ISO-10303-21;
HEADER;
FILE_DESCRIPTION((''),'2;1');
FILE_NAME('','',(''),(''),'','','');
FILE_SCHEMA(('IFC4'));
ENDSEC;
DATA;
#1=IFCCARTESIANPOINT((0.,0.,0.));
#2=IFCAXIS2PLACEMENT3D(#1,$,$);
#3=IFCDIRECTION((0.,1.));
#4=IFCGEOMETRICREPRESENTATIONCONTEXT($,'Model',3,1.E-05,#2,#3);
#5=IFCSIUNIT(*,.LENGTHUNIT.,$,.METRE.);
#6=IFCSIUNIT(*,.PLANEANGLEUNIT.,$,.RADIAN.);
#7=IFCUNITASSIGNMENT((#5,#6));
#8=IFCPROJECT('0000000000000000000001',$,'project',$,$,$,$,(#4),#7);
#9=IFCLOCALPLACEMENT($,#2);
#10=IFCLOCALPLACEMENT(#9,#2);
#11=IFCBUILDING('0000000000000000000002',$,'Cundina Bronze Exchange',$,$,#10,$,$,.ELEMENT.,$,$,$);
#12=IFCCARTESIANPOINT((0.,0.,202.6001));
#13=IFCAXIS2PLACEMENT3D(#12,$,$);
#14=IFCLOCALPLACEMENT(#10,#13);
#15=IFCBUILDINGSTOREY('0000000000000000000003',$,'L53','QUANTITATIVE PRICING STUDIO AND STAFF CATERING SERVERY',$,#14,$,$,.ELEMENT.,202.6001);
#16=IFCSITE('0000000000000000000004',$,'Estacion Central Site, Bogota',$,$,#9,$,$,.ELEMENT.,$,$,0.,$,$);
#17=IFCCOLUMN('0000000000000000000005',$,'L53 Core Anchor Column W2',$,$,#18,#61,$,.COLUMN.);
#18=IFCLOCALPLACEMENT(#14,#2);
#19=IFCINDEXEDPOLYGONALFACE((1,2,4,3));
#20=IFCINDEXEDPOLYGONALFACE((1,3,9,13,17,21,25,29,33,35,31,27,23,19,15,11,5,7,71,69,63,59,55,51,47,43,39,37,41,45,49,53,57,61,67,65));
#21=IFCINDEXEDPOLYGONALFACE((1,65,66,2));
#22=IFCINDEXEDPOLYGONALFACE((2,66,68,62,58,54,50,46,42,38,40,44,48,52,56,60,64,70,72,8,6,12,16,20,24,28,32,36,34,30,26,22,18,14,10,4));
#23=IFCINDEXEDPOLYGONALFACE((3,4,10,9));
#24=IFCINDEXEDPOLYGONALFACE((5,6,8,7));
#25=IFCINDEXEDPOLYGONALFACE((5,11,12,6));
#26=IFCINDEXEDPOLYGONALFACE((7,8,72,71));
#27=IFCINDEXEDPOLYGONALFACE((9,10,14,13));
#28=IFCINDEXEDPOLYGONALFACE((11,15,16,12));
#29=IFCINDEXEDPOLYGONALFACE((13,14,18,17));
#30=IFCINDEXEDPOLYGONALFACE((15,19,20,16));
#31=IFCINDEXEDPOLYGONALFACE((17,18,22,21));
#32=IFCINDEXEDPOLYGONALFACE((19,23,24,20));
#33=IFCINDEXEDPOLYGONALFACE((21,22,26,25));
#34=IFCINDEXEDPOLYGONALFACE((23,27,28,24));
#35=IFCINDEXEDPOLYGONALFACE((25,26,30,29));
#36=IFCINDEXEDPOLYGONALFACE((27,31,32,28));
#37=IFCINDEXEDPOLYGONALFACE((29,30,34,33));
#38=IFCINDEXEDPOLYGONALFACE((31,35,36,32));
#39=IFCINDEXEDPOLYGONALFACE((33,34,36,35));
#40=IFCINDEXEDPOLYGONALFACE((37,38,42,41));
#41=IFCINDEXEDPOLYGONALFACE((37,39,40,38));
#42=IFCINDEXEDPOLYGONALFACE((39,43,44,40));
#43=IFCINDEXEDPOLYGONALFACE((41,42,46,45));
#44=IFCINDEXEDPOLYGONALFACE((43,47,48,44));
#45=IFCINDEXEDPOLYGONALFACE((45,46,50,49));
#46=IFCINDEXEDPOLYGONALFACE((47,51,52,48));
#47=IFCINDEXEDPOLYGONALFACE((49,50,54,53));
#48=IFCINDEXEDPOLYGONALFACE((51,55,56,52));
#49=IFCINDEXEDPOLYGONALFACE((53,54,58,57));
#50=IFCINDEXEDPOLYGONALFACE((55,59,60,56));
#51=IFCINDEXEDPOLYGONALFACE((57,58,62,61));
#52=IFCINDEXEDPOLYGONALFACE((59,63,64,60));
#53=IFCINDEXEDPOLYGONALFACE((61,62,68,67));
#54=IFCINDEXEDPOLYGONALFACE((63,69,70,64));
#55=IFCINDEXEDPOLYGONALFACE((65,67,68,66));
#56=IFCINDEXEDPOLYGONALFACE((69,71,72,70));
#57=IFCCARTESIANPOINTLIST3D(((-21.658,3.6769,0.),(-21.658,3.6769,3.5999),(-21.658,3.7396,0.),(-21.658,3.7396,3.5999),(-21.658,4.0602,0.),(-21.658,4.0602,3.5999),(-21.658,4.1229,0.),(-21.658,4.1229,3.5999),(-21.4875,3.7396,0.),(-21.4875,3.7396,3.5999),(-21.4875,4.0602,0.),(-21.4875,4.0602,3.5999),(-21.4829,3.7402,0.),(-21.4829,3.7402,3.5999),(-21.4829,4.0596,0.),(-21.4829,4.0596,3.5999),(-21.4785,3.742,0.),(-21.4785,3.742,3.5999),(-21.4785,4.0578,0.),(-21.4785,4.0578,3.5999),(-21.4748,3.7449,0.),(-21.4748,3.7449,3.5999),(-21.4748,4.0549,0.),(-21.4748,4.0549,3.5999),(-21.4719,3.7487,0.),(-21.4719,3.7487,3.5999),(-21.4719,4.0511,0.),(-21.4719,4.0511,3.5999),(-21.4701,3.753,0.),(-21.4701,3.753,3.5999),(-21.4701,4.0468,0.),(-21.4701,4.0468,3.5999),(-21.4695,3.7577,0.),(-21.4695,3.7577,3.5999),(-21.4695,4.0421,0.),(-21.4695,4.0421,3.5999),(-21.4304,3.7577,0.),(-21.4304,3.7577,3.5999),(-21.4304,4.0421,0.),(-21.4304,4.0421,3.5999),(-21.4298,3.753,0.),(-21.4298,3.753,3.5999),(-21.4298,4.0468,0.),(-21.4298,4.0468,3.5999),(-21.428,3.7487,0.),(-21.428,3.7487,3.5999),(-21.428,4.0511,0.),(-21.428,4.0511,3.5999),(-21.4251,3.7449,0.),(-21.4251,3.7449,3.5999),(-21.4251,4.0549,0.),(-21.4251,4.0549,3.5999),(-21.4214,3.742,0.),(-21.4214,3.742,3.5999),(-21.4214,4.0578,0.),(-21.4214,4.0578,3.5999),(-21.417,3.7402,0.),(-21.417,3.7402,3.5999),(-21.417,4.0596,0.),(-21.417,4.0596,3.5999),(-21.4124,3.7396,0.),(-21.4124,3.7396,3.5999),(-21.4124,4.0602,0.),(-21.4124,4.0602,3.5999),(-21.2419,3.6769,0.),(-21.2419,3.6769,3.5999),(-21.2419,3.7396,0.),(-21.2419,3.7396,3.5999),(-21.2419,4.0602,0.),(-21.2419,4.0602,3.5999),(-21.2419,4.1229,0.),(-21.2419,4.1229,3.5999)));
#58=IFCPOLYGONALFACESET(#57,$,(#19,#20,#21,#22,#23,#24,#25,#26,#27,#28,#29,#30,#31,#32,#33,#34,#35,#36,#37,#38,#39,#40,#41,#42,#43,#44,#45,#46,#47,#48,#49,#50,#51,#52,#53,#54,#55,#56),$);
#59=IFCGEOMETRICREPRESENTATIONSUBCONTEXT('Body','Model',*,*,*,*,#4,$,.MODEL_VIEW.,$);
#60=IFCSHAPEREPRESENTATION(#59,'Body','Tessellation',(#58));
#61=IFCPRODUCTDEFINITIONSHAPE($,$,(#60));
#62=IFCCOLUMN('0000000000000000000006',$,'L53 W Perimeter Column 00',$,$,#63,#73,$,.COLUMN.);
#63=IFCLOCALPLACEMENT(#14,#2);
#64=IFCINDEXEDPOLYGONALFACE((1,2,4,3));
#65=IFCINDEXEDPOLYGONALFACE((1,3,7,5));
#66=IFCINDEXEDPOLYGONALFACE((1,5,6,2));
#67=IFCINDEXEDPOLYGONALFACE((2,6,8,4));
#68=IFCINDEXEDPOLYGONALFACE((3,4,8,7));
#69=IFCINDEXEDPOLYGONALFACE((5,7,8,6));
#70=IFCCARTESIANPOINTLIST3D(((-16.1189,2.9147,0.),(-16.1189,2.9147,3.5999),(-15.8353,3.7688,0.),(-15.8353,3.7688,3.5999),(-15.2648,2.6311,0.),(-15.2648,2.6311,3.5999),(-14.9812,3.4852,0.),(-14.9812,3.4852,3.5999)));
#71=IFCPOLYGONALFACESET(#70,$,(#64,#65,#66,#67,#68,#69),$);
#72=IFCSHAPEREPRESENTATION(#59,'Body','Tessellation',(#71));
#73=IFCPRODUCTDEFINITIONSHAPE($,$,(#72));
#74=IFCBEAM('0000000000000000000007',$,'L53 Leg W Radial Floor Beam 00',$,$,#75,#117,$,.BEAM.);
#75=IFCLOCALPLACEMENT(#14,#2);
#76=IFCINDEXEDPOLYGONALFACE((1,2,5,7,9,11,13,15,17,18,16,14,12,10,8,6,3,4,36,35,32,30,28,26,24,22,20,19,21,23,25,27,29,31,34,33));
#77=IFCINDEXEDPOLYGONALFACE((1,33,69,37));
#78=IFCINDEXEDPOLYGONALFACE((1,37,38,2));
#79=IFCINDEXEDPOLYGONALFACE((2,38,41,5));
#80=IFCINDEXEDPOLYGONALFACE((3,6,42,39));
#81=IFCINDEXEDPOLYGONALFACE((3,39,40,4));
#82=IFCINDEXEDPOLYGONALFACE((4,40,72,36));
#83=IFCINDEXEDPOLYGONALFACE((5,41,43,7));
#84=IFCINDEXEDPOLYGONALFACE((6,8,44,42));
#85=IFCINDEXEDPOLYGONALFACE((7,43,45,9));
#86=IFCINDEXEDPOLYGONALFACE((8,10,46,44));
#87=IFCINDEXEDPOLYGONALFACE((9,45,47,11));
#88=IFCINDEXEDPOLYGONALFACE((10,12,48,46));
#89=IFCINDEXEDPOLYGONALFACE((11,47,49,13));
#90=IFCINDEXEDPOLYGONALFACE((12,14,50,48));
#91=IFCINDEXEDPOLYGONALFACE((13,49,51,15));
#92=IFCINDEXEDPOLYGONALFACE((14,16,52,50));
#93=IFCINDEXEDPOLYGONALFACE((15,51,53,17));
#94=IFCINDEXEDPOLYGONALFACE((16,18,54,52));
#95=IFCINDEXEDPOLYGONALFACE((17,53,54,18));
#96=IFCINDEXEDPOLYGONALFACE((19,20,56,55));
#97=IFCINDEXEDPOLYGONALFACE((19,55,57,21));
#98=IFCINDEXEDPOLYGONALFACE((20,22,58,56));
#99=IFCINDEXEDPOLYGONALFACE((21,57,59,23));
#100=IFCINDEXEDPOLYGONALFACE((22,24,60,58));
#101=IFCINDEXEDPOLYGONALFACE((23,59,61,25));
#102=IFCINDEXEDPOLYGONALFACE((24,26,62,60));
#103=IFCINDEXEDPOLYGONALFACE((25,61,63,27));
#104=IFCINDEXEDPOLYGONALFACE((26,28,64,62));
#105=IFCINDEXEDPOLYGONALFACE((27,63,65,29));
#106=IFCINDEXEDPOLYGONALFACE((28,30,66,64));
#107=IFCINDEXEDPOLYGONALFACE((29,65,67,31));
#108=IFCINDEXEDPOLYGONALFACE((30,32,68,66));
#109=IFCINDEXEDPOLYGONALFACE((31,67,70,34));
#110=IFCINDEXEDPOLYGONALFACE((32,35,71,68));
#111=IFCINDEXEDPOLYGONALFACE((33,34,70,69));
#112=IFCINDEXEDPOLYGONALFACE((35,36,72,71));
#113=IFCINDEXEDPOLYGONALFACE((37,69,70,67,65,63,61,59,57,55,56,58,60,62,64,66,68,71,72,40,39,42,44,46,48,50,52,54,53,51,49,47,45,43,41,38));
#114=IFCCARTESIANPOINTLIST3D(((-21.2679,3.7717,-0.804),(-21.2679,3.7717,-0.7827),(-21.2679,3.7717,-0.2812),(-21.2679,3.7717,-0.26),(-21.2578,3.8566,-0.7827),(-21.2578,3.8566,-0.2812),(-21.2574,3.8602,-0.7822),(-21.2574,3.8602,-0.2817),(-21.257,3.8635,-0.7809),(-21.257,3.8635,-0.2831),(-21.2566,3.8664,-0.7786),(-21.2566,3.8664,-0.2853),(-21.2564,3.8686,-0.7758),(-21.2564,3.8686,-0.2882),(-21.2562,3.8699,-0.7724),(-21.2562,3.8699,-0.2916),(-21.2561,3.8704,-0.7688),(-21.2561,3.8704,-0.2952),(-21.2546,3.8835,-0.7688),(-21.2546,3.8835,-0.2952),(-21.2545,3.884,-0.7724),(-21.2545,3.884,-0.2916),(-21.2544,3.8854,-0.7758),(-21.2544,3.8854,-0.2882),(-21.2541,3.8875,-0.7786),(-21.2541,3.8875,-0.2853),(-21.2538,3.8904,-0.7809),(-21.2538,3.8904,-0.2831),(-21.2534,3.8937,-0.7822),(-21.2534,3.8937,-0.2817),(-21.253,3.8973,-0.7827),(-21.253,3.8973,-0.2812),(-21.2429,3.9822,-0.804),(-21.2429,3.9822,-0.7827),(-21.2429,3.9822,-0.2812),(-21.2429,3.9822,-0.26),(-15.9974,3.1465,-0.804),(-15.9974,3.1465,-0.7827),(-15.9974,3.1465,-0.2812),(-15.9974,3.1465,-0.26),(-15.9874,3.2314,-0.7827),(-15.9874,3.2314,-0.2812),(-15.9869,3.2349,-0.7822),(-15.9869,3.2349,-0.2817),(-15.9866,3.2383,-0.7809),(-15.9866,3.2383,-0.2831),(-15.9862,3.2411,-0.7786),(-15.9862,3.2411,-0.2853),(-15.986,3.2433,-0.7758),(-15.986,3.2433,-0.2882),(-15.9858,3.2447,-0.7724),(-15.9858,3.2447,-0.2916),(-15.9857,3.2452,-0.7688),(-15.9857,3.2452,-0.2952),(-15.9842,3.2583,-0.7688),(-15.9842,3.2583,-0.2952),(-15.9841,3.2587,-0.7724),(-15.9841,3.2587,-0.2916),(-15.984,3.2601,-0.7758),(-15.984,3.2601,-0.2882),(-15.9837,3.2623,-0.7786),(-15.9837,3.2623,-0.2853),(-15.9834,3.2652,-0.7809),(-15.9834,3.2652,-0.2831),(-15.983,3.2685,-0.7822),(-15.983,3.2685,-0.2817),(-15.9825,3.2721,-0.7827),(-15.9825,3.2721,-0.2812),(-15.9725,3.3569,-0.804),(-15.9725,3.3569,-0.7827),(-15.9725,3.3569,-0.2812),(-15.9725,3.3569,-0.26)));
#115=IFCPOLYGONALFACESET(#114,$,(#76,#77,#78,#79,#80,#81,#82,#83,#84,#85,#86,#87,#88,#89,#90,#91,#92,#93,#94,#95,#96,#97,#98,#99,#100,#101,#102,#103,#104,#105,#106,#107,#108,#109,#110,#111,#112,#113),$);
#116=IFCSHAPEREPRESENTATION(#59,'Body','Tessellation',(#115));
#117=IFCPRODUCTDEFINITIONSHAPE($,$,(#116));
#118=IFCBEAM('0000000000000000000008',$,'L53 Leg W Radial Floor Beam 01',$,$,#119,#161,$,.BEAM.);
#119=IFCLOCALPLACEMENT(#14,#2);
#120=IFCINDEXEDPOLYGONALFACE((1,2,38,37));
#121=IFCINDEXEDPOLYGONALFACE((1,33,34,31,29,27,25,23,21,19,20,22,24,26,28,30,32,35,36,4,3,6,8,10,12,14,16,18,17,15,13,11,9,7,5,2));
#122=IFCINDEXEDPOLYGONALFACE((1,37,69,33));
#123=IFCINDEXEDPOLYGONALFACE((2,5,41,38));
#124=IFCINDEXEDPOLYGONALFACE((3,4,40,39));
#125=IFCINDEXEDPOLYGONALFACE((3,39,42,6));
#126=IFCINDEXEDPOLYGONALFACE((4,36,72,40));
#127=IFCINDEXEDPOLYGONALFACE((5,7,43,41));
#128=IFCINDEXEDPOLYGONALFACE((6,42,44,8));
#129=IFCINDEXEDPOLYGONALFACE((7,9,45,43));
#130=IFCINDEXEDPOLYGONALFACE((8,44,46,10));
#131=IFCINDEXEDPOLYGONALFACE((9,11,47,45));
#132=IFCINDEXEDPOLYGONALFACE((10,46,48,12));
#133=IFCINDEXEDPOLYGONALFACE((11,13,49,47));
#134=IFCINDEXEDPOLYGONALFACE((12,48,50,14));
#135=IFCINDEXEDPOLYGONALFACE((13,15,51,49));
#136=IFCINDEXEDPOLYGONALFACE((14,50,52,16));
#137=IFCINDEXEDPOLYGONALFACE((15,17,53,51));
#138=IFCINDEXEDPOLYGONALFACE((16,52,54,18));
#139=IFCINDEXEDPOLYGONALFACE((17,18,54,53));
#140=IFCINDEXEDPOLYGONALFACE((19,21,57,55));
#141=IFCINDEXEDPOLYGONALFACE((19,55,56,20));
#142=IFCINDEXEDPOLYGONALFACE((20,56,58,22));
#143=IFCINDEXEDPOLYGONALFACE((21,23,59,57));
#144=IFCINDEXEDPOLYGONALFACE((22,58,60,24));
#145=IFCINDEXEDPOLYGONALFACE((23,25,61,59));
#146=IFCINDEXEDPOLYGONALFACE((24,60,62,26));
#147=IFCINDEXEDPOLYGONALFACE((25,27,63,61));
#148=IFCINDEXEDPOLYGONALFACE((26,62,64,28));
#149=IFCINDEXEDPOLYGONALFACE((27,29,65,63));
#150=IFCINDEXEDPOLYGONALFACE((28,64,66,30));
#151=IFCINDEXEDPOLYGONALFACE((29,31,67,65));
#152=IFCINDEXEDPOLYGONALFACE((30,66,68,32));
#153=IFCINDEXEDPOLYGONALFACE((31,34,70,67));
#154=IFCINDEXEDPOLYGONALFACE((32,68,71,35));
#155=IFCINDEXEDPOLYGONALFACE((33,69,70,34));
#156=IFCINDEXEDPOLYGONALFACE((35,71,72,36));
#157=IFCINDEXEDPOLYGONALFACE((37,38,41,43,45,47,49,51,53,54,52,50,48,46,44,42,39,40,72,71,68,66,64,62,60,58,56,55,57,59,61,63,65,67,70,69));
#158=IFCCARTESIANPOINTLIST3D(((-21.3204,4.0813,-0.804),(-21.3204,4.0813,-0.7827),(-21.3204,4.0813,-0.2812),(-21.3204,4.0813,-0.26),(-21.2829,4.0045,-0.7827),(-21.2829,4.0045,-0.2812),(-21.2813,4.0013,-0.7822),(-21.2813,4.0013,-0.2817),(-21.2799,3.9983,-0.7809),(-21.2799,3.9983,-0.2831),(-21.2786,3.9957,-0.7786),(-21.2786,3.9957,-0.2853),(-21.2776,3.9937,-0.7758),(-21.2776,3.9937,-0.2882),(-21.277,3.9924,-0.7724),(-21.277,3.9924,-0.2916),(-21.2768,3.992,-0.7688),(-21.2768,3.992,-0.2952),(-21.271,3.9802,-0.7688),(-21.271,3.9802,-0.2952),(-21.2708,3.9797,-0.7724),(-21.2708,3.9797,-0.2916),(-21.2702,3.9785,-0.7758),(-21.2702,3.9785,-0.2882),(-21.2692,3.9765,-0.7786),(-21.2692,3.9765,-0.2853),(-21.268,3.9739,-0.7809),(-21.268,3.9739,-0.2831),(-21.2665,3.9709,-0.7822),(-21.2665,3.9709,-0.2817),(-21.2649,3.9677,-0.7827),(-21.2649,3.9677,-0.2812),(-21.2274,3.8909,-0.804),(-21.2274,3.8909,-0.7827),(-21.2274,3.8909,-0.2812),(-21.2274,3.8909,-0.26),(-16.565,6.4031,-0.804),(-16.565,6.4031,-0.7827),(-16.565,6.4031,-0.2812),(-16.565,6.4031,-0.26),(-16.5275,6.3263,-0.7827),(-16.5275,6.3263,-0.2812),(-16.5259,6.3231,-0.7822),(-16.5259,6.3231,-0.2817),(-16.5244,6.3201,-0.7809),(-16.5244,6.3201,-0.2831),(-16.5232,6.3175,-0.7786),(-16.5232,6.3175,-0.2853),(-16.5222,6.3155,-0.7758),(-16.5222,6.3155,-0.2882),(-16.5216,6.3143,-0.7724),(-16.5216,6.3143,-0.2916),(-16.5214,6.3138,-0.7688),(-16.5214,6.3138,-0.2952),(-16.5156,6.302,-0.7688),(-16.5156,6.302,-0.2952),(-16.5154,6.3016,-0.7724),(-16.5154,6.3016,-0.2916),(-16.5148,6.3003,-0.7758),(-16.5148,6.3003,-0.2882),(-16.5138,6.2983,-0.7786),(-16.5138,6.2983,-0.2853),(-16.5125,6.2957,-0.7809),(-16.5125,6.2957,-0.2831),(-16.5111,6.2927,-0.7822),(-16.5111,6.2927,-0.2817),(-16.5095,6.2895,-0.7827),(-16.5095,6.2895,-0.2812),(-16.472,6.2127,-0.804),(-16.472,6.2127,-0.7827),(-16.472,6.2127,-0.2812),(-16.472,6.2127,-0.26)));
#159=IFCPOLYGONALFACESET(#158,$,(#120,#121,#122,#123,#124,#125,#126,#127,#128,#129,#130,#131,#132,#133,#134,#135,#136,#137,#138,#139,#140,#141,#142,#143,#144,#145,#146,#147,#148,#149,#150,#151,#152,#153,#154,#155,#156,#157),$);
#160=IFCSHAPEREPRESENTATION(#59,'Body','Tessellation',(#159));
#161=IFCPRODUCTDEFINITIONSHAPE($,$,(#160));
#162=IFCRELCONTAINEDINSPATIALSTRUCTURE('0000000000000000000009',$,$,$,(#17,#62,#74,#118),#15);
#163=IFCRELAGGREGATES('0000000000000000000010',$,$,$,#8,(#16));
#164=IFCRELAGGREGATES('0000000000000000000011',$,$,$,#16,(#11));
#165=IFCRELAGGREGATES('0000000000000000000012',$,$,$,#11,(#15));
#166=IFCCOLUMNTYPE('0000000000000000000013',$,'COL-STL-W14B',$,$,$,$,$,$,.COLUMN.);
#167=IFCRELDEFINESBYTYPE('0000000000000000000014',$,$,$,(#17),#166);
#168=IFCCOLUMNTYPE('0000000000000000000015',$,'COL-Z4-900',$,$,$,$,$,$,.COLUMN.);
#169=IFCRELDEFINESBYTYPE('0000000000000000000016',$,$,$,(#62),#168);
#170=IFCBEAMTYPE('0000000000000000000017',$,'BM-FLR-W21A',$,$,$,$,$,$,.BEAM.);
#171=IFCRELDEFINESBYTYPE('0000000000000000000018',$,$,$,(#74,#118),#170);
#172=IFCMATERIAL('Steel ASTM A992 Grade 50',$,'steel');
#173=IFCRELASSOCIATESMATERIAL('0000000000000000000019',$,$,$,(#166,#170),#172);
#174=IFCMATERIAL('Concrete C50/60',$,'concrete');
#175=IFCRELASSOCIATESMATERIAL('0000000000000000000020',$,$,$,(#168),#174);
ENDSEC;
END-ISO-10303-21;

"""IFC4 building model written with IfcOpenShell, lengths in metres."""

from ifc_helpers import new_model, si_unit, direction, frame, origin, origin_2d, place, context, subcontext, project, spatial, rectangle, i_section, extrude, material, material_profile, profile_set, type_object, element, save


model = new_model("IFC4")

# Units and contexts
model_context = context("Model", 3, precision=1e-05, world=origin(), true_north=direction((0.0, 1.0)))
body_context = subcontext(model_context, "Body", "Model", "MODEL_VIEW")
ifc_project = project(units=[si_unit("LENGTHUNIT", "METRE"), si_unit("PLANEANGLEUNIT", "RADIAN")], contexts=[model_context])

# Site, building, storey
site_placement = place(None, origin())
site = spatial("IfcSite", under=ifc_project, at=site_placement, Name="Estacion Central Site, Bogota", CompositionType="ELEMENT", RefElevation=0.0)
building_placement = place(site_placement, origin())
building = spatial("IfcBuilding", under=site, at=building_placement, Name="Cundina Bronze Exchange", CompositionType="ELEMENT")
storey_placement = place(building_placement, frame((0.0, 0.0, 202.6001)))
storey = spatial("IfcBuildingStorey", under=building, at=storey_placement, Name="L53", Description="QUANTITATIVE PRICING STUDIO AND STAFF CATERING SERVERY", CompositionType="ELEMENT", Elevation=202.6001)

# Columns
ifc_material_1 = material(Name="Steel ASTM A992 Grade 50", Category="steel")
ifc_material_profile_1 = material_profile(ifc_material_1, i_section(OverallWidth=0.416, OverallDepth=0.446, WebThickness=0.0391, FlangeThickness=0.0627, FilletRadius=0.0181, at=origin_2d()), Name="W14X342", Category="steel")
ifc_profile_set_1 = profile_set([ifc_material_profile_1], Name="Steel ASTM A992 Grade 50")
column_type_1 = type_object("IfcColumnType", Name="COL-STL-W14B", PredefinedType="COLUMN", material=ifc_profile_set_1)
column_1_placement = place(storey_placement, frame((-21.45, 3.8999, 0.0), z_axis=(0.0, 0.0, 1.0), x_axis=(1.0, 0.0, 0.0)))
element("IfcColumn", 1, at=column_1_placement, inside=storey, type_object=column_type_1, Name="L53 Core Anchor Column W2", PredefinedType="COLUMN", context=body_context, shape_type="SweptSolid", body=[
    extrude(i_section(OverallWidth=0.416, OverallDepth=0.446, WebThickness=0.0391, FlangeThickness=0.0627, FilletRadius=0.0181, at=origin_2d()), origin(), (0.0, 0.0, 1.0), 3.5999),
])
ifc_material_2 = material(Name="Concrete C50/60", Category="concrete")
ifc_material_profile_2 = material_profile(ifc_material_2, rectangle(XDim=0.8999, YDim=0.8999, at=origin_2d()), Name="RC900X900", Category="concrete")
ifc_profile_set_2 = profile_set([ifc_material_profile_2], Name="Concrete C50/60")
column_type_2 = type_object("IfcColumnType", Name="COL-Z4-900", PredefinedType="COLUMN", material=ifc_profile_set_2)
column_2_placement = place(storey_placement, frame((-15.55, 3.2, 0.0), z_axis=(0.0, 0.0, 1.0), x_axis=(0.315152, 0.949041, 0.0)))
element("IfcColumn", 2, at=column_2_placement, inside=storey, type_object=column_type_2, Name="L53 W Perimeter Column 00", PredefinedType="COLUMN", context=body_context, shape_type="SweptSolid", body=[
    extrude(rectangle(XDim=0.8999, YDim=0.8999, at=origin_2d()), origin(), (0.0, 0.0, 1.0), 3.5999),
])

# Beams
ifc_material_profile_3 = material_profile(ifc_material_1, i_section(OverallWidth=0.2119, OverallDepth=0.5439, WebThickness=0.0132, FlangeThickness=0.0212, FilletRadius=0.0139, at=origin_2d()), Name="W21X83", Category="steel")
ifc_profile_set_3 = profile_set([ifc_material_profile_3], Name="Steel ASTM A992 Grade 50")
beam_type_1 = type_object("IfcBeamType", Name="BM-FLR-W21A", PredefinedType="BEAM", material=ifc_profile_set_3)
beam_1_placement = place(storey_placement, frame((-21.2554, 3.877, -0.532), z_axis=(0.993037, -0.117805, 0.0), x_axis=(0.117805, 0.993037, 0.0)))
element("IfcBeam", 3, at=beam_1_placement, inside=storey, type_object=beam_type_1, Name="L53 Leg W Radial Floor Beam 00", PredefinedType="BEAM", context=body_context, shape_type="SweptSolid", body=[
    extrude(i_section(OverallWidth=0.2119, OverallDepth=0.5439, WebThickness=0.0132, FlangeThickness=0.0212, FilletRadius=0.0139, at=origin_2d()), origin(), (0.0, 0.0, 1.0), 5.3074),
])
beam_2_placement = place(storey_placement, frame((-21.2739, 3.9861, -0.532), z_axis=(0.898613, 0.438742, 0.0), x_axis=(-0.438742, 0.898613, 0.0)))
element("IfcBeam", 4, at=beam_2_placement, inside=storey, type_object=beam_type_1, Name="L53 Leg W Radial Floor Beam 01", PredefinedType="BEAM", context=body_context, shape_type="SweptSolid", body=[
    extrude(i_section(OverallWidth=0.2119, OverallDepth=0.5439, WebThickness=0.0132, FlangeThickness=0.0212, FilletRadius=0.0139, at=origin_2d()), origin(), (0.0, 0.0, 1.0), 5.292),
])

save(model, "model.ifc")
